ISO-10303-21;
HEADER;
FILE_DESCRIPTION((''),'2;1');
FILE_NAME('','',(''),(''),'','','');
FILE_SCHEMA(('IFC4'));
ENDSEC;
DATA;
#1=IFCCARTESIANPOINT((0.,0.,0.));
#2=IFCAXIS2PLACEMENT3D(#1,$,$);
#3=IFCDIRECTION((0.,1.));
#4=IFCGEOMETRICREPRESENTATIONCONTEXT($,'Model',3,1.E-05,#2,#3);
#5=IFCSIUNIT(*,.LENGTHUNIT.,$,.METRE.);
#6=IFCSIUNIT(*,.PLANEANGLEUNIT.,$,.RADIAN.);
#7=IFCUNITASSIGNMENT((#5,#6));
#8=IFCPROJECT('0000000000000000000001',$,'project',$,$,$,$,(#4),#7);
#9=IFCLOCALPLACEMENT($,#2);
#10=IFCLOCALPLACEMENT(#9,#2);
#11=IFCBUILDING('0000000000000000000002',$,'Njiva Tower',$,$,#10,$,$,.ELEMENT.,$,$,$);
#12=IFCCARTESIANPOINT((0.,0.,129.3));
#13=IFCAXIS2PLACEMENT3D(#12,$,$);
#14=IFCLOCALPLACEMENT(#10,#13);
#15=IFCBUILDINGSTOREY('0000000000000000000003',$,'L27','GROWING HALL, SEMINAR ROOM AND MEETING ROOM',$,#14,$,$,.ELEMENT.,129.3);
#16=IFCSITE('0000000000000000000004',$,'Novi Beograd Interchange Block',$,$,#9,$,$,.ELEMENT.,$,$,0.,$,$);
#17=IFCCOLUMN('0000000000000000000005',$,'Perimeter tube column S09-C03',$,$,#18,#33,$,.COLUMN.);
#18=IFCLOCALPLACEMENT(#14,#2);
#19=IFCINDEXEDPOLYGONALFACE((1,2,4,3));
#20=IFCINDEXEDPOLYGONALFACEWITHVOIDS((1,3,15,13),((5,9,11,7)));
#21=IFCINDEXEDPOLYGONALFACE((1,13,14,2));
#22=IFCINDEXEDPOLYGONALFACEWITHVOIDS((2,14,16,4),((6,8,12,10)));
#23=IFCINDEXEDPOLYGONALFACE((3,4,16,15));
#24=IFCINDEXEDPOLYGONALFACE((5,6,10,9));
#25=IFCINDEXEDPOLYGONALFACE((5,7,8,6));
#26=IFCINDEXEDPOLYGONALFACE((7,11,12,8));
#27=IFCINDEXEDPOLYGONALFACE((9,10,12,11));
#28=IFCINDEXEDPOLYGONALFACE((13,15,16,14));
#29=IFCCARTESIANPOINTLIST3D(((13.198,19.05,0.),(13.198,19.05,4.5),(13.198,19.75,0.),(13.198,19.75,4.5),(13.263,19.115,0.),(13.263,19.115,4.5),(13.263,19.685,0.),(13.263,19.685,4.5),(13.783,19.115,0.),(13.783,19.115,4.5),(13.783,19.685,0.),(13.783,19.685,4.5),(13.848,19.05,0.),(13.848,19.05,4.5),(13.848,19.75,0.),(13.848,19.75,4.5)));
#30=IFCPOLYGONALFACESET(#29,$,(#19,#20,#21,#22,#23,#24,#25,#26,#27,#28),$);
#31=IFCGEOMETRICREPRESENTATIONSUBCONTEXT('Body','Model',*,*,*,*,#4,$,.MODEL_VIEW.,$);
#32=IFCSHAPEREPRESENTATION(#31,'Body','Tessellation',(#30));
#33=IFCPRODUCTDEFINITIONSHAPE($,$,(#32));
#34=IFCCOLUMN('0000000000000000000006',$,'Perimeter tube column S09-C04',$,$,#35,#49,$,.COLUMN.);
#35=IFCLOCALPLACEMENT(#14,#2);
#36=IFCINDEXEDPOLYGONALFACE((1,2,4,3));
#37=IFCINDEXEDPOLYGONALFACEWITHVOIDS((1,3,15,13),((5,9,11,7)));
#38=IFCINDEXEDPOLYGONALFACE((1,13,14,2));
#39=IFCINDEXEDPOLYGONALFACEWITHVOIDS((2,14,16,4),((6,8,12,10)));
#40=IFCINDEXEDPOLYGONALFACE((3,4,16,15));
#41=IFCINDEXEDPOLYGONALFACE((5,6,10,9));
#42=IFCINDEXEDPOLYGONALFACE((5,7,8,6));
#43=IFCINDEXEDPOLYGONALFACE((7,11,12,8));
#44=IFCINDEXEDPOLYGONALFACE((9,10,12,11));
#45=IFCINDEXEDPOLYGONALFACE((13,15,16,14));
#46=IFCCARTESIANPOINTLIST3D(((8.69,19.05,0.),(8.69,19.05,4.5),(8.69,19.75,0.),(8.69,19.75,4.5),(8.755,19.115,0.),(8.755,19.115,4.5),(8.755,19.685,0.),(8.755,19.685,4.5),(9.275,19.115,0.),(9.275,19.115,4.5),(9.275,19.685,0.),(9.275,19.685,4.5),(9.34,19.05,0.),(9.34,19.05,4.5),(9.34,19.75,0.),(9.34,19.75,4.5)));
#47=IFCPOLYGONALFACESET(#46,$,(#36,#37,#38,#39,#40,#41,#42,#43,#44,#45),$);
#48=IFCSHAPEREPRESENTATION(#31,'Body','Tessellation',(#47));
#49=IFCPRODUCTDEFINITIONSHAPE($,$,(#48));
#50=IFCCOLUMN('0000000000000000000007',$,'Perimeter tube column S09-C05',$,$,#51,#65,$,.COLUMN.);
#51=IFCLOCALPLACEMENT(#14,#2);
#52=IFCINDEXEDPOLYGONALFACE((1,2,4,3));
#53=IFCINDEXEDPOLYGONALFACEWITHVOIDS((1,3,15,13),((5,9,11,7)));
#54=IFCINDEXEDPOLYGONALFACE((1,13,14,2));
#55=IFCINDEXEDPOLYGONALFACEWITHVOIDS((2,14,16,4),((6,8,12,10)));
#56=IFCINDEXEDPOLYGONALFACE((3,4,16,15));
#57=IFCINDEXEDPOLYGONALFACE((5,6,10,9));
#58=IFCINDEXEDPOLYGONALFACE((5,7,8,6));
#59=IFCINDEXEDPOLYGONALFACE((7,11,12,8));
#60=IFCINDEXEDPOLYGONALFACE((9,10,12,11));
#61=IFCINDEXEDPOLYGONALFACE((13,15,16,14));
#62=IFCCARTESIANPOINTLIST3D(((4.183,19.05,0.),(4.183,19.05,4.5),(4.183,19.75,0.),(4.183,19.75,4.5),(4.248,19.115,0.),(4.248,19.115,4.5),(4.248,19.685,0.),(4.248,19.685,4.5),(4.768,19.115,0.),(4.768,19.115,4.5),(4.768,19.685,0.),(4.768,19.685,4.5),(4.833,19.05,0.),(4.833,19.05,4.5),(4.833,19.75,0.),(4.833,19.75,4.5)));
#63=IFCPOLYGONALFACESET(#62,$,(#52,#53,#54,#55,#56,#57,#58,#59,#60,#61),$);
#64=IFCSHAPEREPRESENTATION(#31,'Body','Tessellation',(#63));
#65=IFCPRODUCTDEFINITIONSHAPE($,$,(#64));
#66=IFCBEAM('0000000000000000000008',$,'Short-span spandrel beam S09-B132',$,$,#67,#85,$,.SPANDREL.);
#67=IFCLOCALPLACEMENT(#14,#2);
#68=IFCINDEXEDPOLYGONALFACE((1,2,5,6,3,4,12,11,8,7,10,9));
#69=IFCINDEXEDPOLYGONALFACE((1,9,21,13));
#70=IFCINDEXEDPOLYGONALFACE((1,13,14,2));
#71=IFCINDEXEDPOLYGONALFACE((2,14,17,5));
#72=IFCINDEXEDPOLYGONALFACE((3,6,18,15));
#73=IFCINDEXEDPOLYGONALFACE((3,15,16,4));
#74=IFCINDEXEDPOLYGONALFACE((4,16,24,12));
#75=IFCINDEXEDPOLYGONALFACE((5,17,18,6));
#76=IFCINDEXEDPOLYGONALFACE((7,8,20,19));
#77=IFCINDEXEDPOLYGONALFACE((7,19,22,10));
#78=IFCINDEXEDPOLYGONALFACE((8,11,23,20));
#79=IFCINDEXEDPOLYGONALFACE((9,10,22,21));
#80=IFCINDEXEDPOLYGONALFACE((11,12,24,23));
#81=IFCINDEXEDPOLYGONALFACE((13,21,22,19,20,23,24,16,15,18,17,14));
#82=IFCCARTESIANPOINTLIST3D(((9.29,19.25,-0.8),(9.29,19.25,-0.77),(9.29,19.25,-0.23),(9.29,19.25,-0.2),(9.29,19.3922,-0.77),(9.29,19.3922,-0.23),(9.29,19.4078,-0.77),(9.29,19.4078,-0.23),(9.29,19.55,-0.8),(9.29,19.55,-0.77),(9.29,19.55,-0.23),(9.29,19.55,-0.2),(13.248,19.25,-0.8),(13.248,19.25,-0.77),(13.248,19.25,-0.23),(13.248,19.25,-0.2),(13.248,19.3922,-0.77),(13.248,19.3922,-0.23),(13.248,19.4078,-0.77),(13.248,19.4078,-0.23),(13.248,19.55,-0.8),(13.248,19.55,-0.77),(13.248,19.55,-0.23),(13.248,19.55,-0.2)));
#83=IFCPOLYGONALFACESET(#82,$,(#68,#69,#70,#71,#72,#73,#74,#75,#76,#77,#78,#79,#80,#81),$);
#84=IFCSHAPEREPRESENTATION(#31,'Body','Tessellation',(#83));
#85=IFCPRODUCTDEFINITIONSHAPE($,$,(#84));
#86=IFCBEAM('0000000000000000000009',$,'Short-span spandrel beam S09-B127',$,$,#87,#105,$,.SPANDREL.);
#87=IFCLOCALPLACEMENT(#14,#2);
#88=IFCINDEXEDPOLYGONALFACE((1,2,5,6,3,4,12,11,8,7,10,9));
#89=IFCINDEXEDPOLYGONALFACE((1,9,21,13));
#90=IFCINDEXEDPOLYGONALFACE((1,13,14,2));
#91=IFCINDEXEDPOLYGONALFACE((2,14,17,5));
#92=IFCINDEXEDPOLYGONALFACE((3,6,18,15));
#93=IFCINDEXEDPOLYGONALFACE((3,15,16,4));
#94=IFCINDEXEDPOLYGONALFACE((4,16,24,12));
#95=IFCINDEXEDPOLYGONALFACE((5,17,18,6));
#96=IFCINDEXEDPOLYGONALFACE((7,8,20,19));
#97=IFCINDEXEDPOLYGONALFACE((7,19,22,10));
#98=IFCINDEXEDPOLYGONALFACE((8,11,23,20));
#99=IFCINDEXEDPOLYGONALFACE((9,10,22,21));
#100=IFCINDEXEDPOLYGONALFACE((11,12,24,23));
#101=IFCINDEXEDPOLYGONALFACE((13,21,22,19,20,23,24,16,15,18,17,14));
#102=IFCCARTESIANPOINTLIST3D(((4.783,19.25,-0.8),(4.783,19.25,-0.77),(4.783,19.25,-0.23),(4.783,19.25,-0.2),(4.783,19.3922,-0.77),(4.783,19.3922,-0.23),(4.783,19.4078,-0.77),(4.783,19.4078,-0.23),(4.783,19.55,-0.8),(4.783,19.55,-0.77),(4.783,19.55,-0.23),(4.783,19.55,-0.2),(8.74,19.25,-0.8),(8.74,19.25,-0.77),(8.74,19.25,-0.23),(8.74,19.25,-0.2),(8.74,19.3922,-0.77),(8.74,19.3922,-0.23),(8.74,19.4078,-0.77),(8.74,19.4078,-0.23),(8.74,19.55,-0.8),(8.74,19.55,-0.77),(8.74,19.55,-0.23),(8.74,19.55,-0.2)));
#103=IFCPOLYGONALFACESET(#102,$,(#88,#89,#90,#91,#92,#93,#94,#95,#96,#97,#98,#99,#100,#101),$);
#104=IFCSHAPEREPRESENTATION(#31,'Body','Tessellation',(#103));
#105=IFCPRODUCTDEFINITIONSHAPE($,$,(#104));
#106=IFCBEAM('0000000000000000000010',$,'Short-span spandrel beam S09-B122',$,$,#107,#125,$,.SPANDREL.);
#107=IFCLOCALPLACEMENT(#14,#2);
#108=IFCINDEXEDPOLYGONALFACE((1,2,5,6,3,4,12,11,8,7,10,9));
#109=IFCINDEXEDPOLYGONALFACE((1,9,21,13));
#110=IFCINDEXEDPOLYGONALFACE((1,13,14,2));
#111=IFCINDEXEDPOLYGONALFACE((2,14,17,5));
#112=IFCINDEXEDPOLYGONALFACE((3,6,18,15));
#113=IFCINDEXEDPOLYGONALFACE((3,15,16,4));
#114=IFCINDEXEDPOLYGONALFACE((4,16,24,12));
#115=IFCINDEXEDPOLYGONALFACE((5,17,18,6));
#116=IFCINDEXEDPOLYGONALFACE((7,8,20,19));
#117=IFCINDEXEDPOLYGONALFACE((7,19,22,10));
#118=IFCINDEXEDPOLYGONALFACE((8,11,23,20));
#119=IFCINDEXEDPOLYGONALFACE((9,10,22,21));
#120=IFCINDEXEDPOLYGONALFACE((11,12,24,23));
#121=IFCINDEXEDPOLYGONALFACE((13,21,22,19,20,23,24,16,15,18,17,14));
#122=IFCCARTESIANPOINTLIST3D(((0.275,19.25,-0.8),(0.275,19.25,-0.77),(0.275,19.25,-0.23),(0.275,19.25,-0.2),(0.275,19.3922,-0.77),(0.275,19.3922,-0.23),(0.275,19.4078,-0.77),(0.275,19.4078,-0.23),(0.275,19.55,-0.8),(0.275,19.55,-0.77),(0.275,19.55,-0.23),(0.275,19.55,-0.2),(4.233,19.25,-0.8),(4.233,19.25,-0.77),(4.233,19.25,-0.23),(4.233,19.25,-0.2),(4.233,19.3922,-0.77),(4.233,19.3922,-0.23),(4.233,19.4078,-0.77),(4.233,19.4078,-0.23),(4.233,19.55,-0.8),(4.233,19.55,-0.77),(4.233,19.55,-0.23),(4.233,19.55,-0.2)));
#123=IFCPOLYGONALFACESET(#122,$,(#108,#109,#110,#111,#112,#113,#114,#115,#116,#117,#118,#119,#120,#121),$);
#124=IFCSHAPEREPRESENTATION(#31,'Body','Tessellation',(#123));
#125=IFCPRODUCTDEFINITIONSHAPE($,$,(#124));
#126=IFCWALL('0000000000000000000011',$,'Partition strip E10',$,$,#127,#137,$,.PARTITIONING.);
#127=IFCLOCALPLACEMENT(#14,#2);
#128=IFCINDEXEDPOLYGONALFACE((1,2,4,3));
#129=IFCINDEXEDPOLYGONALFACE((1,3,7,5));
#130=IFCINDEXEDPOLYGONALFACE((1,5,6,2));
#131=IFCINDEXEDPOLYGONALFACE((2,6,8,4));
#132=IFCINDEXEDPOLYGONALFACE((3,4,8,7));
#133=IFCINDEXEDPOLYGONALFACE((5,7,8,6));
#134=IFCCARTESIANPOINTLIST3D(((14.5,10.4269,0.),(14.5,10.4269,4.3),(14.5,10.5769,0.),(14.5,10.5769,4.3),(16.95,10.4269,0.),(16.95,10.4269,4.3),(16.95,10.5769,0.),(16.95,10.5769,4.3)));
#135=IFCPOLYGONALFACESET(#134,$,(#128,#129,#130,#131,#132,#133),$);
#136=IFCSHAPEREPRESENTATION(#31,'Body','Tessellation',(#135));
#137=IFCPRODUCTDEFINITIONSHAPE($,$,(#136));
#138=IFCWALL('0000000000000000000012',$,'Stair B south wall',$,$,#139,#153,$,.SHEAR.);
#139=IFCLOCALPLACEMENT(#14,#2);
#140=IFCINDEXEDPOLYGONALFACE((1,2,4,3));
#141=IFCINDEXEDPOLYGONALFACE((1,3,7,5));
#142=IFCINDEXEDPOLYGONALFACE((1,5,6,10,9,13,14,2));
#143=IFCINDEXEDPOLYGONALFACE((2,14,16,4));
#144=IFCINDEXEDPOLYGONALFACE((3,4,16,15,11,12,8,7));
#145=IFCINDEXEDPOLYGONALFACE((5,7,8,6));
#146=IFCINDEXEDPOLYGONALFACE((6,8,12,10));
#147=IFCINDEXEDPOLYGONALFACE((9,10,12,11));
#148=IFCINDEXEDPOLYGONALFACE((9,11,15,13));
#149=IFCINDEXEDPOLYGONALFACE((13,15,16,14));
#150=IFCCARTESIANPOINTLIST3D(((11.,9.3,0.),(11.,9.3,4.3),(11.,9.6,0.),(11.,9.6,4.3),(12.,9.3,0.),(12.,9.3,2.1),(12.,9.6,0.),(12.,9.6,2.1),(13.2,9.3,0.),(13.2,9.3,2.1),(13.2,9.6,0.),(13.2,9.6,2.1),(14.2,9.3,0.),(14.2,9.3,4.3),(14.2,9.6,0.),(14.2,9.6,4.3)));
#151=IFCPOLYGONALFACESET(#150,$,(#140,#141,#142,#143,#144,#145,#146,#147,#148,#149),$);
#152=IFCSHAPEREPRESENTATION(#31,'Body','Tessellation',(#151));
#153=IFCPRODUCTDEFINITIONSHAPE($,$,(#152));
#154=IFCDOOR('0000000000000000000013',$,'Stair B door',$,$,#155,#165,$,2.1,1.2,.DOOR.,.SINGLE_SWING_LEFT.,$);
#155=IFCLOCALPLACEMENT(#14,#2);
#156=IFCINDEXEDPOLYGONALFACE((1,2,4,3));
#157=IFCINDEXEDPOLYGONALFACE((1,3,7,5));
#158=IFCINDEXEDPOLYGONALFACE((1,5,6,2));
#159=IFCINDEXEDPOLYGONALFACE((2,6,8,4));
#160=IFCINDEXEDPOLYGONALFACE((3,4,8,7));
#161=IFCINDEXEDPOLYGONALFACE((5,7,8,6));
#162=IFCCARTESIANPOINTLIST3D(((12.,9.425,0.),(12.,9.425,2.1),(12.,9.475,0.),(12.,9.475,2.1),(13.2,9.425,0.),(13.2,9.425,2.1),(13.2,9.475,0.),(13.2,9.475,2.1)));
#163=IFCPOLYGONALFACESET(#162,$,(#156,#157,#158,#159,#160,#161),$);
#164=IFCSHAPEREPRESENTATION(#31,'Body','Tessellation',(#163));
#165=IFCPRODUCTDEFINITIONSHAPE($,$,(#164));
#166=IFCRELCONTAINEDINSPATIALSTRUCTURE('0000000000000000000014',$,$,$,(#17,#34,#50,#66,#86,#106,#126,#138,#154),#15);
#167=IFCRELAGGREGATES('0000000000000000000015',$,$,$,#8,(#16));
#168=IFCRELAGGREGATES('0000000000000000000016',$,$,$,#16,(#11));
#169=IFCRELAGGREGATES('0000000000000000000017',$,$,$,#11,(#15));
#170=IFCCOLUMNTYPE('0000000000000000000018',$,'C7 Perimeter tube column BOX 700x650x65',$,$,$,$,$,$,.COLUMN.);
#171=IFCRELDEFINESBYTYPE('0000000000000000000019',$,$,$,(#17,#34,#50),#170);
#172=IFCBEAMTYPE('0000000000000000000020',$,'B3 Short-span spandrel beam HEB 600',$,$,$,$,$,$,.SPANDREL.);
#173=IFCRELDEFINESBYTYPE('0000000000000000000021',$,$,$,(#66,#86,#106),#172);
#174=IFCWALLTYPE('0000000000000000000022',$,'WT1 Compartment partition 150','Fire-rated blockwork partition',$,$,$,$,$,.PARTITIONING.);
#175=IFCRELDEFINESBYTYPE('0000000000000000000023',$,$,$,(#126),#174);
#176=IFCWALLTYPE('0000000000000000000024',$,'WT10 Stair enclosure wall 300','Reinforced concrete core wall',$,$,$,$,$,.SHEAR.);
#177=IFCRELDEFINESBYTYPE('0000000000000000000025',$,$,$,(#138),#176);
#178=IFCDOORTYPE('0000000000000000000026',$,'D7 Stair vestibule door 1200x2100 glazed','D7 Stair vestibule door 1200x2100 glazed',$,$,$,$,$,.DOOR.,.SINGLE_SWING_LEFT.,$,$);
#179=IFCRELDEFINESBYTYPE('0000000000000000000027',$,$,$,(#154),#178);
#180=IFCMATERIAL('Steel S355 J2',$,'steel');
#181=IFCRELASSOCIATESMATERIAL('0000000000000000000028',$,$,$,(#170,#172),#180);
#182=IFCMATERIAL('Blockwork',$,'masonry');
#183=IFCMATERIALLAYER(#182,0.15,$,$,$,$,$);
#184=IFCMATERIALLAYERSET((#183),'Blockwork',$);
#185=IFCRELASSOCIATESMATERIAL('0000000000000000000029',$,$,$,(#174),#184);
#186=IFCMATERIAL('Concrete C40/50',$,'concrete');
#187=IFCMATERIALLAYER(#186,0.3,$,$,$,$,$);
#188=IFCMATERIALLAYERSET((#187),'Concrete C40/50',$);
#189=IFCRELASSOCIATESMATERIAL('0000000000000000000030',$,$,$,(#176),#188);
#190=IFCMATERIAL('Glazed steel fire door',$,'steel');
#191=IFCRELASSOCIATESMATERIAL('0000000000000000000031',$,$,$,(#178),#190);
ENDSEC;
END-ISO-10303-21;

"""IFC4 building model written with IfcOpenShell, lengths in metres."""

from ifc_helpers import new_model, si_unit, direction, frame, frame_2d, origin, origin_2d, place, context, subcontext, project, spatial, rectangle, hollow_rectangle, i_section, extrude, material, layer, layer_set, material_profile, profile_set, type_object, element, fill, save


model = new_model("IFC4")

# Units and contexts
model_context = context("Model", 3, precision=1e-05, world=origin(), true_north=direction((0.0, 1.0)))
body_context = subcontext(model_context, "Body", "Model", "MODEL_VIEW")
ifc_project = project(units=[si_unit("LENGTHUNIT", "METRE"), si_unit("PLANEANGLEUNIT", "RADIAN")], contexts=[model_context])

# Site, building, storey
site_placement = place(None, origin())
site = spatial("IfcSite", under=ifc_project, at=site_placement, Name="Novi Beograd Interchange Block", CompositionType="ELEMENT", RefElevation=0.0)
building_placement = place(site_placement, origin())
building = spatial("IfcBuilding", under=site, at=building_placement, Name="Njiva Tower", CompositionType="ELEMENT")
storey_placement = place(building_placement, frame((0.0, 0.0, 129.3)))
storey = spatial("IfcBuildingStorey", under=building, at=storey_placement, Name="L27", Description="GROWING HALL, SEMINAR ROOM AND MEETING ROOM", CompositionType="ELEMENT", Elevation=129.3)

# Columns
ifc_material_1 = material(Name="Steel S355 J2", Category="steel")
ifc_material_profile_1 = material_profile(ifc_material_1, hollow_rectangle(XDim=0.65, YDim=0.7, WallThickness=0.065, at=origin_2d()), Name="BOX 700x650x65")
ifc_profile_set_1 = profile_set([ifc_material_profile_1], Name="Steel S355 J2")
column_type = type_object("IfcColumnType", Name="C7 Perimeter tube column BOX 700x650x65", PredefinedType="COLUMN", material=ifc_profile_set_1)
for number, where, z_axis, x_axis, name in (
    (1, (13.523, 19.4, 0.0), (0.0, 0.0, 1.0), (-1.0, 0.0, 0.0), "Perimeter tube column S09-C03"),
    (2, (9.015, 19.4, 0.0), (0.0, 0.0, 1.0), (-1.0, 0.0, 0.0), "Perimeter tube column S09-C04"),
    (3, (4.508, 19.4, 0.0), (0.0, 0.0, 1.0), (-1.0, 0.0, 0.0), "Perimeter tube column S09-C05"),
):
    element("IfcColumn", number, at=place(storey_placement, frame(where, z_axis=z_axis, x_axis=x_axis)), inside=storey, type_object=column_type, Name=name, PredefinedType="COLUMN", context=body_context, shape_type="SweptSolid", body=[
        extrude(hollow_rectangle(XDim=0.65, YDim=0.7, WallThickness=0.065, at=origin_2d()), origin(), (0.0, 0.0, 1.0), 4.5),
    ])

# Beams
ifc_material_profile_2 = material_profile(ifc_material_1, i_section(OverallWidth=0.3, OverallDepth=0.6, WebThickness=0.0155, FlangeThickness=0.03, at=origin_2d()), Name="HEB 600")
ifc_profile_set_2 = profile_set([ifc_material_profile_2], Name="Steel S355 J2")
beam_type = type_object("IfcBeamType", Name="B3 Short-span spandrel beam HEB 600", PredefinedType="SPANDREL", material=ifc_profile_set_2)
beam_1_placement = place(storey_placement, frame((13.248, 19.4, -0.5), z_axis=(-1.0, 0.0, 0.0), x_axis=(0.0, -1.0, 0.0)))
element("IfcBeam", 4, at=beam_1_placement, inside=storey, type_object=beam_type, Name="Short-span spandrel beam S09-B132", PredefinedType="SPANDREL", context=body_context, shape_type="SweptSolid", body=[
    extrude(i_section(OverallWidth=0.3, OverallDepth=0.6, WebThickness=0.0155, FlangeThickness=0.03, at=origin_2d()), origin(), (0.0, 0.0, 1.0), 3.958),
])
beam_2_placement = place(storey_placement, frame((8.74, 19.4, -0.5), z_axis=(-1.0, 0.0, 0.0), x_axis=(0.0, -1.0, 0.0)))
element("IfcBeam", 5, at=beam_2_placement, inside=storey, type_object=beam_type, Name="Short-span spandrel beam S09-B127", PredefinedType="SPANDREL", context=body_context, shape_type="SweptSolid", body=[
    extrude(i_section(OverallWidth=0.3, OverallDepth=0.6, WebThickness=0.0155, FlangeThickness=0.03, at=origin_2d()), origin(), (0.0, 0.0, 1.0), 3.957),
])
beam_3_placement = place(storey_placement, frame((4.233, 19.4, -0.5), z_axis=(-1.0, 0.0, 0.0), x_axis=(0.0, -1.0, 0.0)))
element("IfcBeam", 6, at=beam_3_placement, inside=storey, type_object=beam_type, Name="Short-span spandrel beam S09-B122", PredefinedType="SPANDREL", context=body_context, shape_type="SweptSolid", body=[
    extrude(i_section(OverallWidth=0.3, OverallDepth=0.6, WebThickness=0.0155, FlangeThickness=0.03, at=origin_2d()), origin(), (0.0, 0.0, 1.0), 3.958),
])

# Wall
ifc_material_2 = material(Name="Blockwork", Category="masonry")
ifc_layer_1 = layer(ifc_material_2, 0.15)
ifc_layer_set_1 = layer_set([ifc_layer_1], Name="Blockwork")
wall_type_1 = type_object("IfcWallType", Name="WT1 Compartment partition 150", Description="Fire-rated blockwork partition", PredefinedType="PARTITIONING", material=ifc_layer_set_1)
wall_1_placement = place(storey_placement, frame((14.5, 10.5019, 0.0), z_axis=(0.0, 0.0, 1.0), x_axis=(1.0, 0.0, 0.0)))
element("IfcWall", 7, at=wall_1_placement, inside=storey, type_object=wall_type_1, Name="Partition strip E10", PredefinedType="PARTITIONING", context=body_context, shape_type="SweptSolid", body=[
    extrude(rectangle(XDim=2.45, YDim=0.15, at=frame_2d((1.225, 0.0))), origin(), (0.0, 0.0, 1.0), 4.3),
])

# Wall, opening, door
ifc_material_3 = material(Name="Concrete C40/50", Category="concrete")
ifc_layer_2 = layer(ifc_material_3, 0.3)
ifc_layer_set_2 = layer_set([ifc_layer_2], Name="Concrete C40/50")
wall_type_2 = type_object("IfcWallType", Name="WT10 Stair enclosure wall 300", Description="Reinforced concrete core wall", PredefinedType="SHEAR", material=ifc_layer_set_2)
wall_2_placement = place(storey_placement, frame((11.0, 9.45, 0.0), z_axis=(0.0, 0.0, 1.0), x_axis=(1.0, 0.0, 0.0)))
wall_2 = element("IfcWall", 8, at=wall_2_placement, inside=storey, type_object=wall_type_2, Name="Stair B south wall", PredefinedType="SHEAR", context=body_context, shape_type="SweptSolid", body=[
    extrude(rectangle(XDim=3.2, YDim=0.3, at=frame_2d((1.6, 0.0))), origin(), (0.0, 0.0, 1.0), 4.3),
])
opening_1_placement = place(wall_2_placement, frame((1.0, 0.0, 0.0)))
opening_1 = element("IfcOpeningElement", 9, at=opening_1_placement, cuts=wall_2, PredefinedType="OPENING", context=body_context, shape_type="SweptSolid", body=[
    extrude(rectangle(XDim=1.2, YDim=2.1, at=frame_2d((0.6, 1.05))), frame((0.0, 0.16, 0.0), z_axis=(0.0, -1.0, 0.0), x_axis=(1.0, 0.0, 0.0)), (0.0, 0.0, 1.0), 0.32),
])
ifc_material_4 = material(Name="Glazed steel fire door", Category="steel")
door_type_1 = type_object("IfcDoorType", Name="D7 Stair vestibule door 1200x2100 glazed", Description="D7 Stair vestibule door 1200x2100 glazed", OperationType="SINGLE_SWING_LEFT", PredefinedType="DOOR", material=ifc_material_4)
door_1_placement = place(opening_1_placement, origin())
door_1 = element("IfcDoor", 10, at=door_1_placement, inside=storey, type_object=door_type_1, Name="Stair B door", OperationType="SINGLE_SWING_LEFT", OverallHeight=2.1, OverallWidth=1.2, PredefinedType="DOOR", context=body_context, shape_type="SweptSolid", body=[
    extrude(rectangle(XDim=1.2, YDim=2.1, at=frame_2d((0.6, 1.05))), frame((0.0, 0.025, 0.0), z_axis=(0.0, -1.0, 0.0), x_axis=(1.0, 0.0, 0.0)), (0.0, 0.0, 1.0), 0.05),
])
fill(opening_1, door_1)

save(model, "model.ifc")
